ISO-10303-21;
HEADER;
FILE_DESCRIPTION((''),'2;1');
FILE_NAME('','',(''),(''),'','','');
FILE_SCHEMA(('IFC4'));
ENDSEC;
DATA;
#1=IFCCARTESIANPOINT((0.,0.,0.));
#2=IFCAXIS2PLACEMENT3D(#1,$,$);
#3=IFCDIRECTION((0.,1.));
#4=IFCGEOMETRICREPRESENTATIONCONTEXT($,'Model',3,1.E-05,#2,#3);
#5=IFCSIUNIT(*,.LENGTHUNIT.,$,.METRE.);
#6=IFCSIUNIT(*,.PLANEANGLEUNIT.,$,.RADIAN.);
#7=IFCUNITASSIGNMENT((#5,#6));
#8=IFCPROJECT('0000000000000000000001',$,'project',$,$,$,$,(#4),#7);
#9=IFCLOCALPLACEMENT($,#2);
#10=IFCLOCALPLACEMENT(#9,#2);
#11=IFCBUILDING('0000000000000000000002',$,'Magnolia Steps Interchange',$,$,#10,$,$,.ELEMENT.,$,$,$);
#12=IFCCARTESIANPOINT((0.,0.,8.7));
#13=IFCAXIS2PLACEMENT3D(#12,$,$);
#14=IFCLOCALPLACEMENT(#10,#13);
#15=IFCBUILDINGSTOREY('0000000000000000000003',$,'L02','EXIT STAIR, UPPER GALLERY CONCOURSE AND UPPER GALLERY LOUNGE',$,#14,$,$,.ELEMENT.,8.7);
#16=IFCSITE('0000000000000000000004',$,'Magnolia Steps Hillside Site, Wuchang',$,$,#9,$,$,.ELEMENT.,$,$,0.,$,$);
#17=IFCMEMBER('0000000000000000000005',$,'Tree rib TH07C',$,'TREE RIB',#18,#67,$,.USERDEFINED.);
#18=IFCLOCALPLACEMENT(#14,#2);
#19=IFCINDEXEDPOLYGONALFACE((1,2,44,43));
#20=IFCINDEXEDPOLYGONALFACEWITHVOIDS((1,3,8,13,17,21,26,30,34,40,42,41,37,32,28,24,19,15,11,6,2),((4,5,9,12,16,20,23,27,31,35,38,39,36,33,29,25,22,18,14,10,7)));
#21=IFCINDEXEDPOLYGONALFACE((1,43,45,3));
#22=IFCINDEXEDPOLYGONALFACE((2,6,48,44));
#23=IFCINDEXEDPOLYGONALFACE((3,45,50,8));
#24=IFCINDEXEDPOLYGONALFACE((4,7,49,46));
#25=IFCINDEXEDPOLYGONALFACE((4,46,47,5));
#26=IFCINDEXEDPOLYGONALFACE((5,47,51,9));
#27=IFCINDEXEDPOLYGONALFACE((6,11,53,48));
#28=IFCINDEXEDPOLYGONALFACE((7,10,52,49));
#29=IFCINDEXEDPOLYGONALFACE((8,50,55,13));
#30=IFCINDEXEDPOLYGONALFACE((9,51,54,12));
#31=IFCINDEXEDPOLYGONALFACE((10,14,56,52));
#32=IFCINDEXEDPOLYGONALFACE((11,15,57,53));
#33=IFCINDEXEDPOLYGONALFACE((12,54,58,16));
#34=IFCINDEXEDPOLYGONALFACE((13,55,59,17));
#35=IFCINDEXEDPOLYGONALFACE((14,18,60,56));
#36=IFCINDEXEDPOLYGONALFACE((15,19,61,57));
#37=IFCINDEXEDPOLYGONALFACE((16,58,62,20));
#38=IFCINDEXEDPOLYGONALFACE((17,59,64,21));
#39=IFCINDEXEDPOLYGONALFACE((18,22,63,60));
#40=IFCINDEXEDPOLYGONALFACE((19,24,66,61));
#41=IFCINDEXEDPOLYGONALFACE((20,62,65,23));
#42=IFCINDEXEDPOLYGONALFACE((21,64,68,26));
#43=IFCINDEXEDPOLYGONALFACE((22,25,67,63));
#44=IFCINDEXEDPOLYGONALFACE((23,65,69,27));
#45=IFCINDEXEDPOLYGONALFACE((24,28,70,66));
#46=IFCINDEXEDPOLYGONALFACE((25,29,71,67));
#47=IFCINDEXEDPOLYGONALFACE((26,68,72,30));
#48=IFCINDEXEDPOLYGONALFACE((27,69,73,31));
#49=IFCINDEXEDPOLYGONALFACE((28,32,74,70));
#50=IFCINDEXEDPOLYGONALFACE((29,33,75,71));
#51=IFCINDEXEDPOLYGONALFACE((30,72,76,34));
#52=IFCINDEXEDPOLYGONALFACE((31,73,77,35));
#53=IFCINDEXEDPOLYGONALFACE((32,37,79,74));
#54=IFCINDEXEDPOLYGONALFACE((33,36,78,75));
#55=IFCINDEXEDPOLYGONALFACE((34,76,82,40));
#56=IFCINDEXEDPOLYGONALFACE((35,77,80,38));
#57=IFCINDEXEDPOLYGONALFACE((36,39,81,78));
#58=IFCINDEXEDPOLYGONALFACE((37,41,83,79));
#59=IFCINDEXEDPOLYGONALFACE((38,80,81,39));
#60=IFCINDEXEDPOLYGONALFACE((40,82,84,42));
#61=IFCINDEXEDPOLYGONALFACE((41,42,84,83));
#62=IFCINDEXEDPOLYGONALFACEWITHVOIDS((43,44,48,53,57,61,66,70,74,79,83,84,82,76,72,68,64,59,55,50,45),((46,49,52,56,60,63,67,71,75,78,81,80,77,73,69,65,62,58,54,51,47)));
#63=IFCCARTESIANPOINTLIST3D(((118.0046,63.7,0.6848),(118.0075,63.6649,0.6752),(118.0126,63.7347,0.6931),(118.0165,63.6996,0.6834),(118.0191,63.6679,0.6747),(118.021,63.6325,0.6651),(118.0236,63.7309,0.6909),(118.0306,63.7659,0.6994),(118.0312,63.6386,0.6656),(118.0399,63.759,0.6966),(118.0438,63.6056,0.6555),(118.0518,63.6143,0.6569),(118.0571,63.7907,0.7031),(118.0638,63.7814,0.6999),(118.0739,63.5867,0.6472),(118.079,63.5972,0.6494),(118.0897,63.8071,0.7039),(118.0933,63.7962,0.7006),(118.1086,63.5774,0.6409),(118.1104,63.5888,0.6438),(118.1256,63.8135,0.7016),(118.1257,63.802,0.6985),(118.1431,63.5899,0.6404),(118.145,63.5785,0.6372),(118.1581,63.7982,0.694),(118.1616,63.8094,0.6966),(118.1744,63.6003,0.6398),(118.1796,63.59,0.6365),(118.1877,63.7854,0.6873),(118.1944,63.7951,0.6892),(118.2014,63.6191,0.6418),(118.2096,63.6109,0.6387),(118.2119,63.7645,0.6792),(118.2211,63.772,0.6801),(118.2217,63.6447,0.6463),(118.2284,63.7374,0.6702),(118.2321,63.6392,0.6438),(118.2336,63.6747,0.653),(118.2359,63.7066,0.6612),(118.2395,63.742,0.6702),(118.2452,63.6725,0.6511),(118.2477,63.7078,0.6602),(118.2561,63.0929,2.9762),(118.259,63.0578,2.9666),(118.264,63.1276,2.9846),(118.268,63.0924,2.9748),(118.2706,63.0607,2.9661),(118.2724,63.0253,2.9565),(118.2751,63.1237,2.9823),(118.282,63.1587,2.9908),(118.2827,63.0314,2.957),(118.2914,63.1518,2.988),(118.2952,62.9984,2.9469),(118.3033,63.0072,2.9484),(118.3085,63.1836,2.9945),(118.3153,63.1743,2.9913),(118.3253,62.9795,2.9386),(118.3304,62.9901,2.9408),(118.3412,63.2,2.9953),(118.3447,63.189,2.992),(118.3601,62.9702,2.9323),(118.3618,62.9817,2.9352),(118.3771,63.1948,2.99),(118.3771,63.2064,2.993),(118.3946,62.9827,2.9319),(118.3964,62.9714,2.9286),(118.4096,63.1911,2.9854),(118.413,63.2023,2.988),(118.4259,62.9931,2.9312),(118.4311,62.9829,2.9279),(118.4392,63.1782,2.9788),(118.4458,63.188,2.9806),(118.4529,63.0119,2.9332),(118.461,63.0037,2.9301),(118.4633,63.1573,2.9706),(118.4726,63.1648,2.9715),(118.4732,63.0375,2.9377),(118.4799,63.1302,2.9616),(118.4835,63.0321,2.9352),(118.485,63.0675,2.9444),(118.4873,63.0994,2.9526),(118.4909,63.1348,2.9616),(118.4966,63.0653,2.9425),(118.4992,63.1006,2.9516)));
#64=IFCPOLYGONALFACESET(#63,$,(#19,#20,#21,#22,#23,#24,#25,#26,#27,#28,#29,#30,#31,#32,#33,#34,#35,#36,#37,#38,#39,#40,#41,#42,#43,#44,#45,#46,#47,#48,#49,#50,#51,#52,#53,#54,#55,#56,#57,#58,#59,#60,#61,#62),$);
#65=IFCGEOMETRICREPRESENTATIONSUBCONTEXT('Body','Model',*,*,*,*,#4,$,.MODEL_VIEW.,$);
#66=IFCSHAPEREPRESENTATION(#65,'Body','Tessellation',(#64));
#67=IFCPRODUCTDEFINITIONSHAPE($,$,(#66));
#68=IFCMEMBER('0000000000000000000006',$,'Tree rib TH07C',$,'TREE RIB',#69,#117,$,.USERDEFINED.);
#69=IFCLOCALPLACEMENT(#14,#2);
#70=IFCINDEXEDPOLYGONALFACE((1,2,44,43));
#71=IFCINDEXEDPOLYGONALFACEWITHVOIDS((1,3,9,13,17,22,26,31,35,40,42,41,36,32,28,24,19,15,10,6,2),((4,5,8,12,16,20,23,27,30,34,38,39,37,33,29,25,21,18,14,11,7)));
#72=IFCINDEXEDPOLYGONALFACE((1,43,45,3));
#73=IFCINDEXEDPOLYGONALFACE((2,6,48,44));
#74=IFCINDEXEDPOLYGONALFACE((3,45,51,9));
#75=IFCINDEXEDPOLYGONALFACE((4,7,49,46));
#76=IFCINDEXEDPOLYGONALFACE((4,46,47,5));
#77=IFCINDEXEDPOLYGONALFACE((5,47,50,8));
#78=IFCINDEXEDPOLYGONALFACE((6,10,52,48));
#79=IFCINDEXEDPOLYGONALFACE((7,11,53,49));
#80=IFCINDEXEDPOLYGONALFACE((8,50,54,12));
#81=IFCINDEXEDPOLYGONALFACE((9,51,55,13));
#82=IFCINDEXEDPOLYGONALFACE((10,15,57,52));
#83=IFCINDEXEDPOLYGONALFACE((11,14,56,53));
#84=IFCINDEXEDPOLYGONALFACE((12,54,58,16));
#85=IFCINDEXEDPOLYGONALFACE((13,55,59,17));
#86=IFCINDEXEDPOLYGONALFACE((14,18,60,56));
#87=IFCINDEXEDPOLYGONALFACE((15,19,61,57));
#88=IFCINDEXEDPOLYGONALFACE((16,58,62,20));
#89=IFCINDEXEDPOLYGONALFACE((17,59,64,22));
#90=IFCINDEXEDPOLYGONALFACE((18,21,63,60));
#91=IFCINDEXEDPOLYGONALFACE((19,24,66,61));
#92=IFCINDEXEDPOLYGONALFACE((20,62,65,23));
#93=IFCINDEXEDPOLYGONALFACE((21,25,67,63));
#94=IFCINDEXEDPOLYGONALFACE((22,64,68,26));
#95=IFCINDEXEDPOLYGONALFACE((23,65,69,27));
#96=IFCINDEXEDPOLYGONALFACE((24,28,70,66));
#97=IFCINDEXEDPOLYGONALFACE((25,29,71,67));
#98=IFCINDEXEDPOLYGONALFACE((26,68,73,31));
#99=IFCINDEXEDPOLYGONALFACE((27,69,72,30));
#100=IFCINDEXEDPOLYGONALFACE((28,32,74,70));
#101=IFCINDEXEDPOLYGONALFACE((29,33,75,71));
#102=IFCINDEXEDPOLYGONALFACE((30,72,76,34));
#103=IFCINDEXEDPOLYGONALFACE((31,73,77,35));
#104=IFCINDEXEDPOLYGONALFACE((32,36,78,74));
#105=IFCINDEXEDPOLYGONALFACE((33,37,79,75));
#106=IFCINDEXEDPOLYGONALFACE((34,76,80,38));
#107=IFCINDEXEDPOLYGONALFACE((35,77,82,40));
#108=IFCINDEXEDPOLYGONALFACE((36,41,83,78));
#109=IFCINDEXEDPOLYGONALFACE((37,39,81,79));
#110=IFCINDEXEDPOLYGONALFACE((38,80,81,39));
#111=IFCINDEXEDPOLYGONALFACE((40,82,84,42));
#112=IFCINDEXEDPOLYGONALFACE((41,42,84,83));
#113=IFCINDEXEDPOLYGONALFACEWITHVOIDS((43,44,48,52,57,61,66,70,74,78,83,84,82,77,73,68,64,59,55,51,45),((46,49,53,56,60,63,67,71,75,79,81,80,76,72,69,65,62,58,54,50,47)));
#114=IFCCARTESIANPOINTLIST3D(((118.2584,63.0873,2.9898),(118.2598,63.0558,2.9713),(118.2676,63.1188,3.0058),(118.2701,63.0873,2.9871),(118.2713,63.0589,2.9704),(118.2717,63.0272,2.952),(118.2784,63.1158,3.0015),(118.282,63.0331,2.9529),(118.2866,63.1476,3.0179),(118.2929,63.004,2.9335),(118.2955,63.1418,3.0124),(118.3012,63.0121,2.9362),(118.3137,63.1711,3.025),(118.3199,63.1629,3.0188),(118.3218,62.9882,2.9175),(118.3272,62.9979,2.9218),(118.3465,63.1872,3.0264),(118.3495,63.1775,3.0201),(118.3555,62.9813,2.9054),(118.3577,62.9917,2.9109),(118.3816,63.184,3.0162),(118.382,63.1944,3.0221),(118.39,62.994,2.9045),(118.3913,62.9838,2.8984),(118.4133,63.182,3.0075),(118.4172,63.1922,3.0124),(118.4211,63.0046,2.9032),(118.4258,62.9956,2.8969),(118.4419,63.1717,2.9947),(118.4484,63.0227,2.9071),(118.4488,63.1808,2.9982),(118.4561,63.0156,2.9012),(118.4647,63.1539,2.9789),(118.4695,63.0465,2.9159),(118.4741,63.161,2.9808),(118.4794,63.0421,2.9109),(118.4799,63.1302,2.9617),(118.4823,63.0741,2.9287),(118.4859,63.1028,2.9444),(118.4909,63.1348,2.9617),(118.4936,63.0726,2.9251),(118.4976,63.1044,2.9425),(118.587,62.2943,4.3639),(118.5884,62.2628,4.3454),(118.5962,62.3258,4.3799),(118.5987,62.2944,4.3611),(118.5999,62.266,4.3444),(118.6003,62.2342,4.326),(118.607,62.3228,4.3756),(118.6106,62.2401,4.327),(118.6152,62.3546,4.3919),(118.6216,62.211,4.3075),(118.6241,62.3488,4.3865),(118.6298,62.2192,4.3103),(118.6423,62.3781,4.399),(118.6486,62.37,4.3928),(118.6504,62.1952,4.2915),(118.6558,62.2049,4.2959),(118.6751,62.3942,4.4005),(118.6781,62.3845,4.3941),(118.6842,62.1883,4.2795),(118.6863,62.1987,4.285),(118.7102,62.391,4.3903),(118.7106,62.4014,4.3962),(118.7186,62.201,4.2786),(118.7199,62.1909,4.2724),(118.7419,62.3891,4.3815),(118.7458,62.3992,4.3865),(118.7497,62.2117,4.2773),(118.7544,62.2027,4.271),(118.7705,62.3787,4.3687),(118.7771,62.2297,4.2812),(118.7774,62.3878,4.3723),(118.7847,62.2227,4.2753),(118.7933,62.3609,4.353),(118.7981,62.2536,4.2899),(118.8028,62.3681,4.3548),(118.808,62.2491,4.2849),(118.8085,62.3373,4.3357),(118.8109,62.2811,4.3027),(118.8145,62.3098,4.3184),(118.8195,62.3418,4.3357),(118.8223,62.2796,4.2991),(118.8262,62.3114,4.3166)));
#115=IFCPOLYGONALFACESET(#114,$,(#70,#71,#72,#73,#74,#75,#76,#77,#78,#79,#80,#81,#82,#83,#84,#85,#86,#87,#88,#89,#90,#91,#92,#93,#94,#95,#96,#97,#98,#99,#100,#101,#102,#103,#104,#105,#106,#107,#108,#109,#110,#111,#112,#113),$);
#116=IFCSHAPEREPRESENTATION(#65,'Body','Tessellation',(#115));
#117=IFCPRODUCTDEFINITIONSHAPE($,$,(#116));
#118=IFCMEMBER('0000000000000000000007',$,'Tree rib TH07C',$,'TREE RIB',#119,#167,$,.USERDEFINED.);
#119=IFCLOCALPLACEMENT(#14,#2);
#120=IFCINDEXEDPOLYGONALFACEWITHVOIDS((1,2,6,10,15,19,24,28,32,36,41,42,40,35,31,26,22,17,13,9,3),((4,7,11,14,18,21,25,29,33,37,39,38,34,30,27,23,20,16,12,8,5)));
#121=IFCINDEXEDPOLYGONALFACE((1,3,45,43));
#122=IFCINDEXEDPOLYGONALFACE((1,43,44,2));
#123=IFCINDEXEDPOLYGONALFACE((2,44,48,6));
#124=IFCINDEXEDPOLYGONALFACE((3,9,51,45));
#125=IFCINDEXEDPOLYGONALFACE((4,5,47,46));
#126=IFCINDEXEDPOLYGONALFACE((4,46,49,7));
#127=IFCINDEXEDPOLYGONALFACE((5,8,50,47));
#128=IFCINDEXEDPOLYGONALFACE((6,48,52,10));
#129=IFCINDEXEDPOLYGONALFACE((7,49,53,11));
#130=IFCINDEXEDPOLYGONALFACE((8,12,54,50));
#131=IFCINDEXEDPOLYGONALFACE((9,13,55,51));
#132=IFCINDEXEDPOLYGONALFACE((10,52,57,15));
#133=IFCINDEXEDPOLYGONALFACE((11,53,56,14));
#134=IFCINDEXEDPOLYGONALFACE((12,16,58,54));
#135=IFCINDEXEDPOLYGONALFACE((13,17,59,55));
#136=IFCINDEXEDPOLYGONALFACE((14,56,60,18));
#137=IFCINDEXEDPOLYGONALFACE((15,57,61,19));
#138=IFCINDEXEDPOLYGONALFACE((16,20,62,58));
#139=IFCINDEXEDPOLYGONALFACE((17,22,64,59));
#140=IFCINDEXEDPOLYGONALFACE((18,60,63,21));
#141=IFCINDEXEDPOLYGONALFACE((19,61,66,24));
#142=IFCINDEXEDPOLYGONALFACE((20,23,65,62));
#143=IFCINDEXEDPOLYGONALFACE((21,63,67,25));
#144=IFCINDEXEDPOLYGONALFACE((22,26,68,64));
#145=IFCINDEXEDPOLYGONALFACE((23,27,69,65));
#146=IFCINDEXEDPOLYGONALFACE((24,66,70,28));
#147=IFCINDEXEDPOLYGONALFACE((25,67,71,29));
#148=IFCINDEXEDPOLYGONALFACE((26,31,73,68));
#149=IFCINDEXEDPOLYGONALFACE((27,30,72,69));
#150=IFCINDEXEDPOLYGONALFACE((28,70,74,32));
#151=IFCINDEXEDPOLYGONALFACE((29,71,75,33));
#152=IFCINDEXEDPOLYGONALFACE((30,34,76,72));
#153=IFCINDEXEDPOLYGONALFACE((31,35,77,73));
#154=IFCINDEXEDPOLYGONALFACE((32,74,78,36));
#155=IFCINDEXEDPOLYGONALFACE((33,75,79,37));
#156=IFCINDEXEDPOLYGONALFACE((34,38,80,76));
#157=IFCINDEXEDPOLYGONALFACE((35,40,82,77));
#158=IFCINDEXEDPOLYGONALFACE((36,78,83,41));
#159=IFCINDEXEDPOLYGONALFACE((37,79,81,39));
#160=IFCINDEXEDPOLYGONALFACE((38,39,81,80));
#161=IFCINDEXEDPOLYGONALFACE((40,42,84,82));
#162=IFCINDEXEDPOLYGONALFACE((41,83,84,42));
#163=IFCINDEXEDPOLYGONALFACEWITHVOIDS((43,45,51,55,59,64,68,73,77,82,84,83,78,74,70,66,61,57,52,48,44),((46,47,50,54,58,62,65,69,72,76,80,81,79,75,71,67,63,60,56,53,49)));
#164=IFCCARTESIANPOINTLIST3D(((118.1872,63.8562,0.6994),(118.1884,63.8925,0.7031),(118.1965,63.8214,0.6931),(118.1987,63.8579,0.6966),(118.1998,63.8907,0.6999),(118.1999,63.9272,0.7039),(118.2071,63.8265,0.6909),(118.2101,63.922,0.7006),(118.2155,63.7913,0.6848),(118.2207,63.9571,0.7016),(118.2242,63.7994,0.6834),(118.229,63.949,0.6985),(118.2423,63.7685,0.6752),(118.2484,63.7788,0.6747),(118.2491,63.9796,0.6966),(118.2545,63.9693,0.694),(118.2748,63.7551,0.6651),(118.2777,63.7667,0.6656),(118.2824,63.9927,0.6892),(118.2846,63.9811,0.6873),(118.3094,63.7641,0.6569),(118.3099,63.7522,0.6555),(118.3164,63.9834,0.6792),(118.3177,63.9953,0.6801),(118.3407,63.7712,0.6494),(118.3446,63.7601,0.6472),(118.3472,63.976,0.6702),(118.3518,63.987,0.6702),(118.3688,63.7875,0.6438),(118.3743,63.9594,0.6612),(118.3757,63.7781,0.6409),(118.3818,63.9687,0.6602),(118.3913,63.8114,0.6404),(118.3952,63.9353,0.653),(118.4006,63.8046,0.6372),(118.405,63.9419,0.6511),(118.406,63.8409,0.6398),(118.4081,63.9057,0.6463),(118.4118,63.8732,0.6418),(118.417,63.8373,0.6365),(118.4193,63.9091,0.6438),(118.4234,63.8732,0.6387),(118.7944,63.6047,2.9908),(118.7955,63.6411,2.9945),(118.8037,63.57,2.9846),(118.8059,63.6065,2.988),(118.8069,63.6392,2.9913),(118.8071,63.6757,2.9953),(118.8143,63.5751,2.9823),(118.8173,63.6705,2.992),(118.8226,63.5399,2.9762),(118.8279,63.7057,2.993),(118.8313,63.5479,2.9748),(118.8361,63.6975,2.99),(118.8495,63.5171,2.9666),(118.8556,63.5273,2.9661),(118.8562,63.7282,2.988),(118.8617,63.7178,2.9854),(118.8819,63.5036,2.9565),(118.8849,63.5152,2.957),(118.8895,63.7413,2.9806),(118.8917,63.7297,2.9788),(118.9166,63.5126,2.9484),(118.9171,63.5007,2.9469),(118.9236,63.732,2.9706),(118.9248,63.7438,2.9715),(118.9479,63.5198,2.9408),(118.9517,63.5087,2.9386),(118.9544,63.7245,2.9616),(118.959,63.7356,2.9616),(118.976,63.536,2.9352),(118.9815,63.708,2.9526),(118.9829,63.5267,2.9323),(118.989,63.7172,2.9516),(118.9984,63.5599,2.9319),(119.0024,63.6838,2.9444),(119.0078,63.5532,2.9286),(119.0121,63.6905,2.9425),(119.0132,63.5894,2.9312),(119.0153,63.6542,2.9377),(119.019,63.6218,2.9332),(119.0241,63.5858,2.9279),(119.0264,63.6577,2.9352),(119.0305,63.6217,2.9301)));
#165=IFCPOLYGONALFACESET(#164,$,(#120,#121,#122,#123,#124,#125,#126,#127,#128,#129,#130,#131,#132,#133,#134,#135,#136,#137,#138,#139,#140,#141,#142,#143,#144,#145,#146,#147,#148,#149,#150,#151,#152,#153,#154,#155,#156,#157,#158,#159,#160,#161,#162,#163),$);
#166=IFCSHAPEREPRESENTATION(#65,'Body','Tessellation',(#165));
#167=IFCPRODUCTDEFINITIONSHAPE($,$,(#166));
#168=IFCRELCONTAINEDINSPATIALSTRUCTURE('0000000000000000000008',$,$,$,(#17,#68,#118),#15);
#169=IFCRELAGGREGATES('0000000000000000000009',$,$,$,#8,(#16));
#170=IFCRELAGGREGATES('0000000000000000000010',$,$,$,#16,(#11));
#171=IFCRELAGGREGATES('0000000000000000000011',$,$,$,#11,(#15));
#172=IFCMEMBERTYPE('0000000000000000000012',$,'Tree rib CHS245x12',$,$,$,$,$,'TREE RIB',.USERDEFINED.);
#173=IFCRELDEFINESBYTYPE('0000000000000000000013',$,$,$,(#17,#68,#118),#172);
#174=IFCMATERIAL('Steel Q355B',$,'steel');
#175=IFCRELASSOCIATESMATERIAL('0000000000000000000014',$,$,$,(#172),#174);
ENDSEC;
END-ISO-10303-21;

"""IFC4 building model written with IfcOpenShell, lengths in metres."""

from ifc_helpers import new_model, si_unit, direction, frame, origin, origin_2d, place, context, subcontext, project, spatial, hollow_circle, extrude, material, material_profile, profile_set, type_object, element, save


model = new_model("IFC4")

# Units and contexts
model_context = context("Model", 3, precision=1e-05, world=origin(), true_north=direction((0.0, 1.0)))
body_context = subcontext(model_context, "Body", "Model", "MODEL_VIEW")
ifc_project = project(units=[si_unit("LENGTHUNIT", "METRE"), si_unit("PLANEANGLEUNIT", "RADIAN")], contexts=[model_context])

# Site, building, storey
site_placement = place(None, origin())
site = spatial("IfcSite", under=ifc_project, at=site_placement, Name="Magnolia Steps Hillside Site, Wuchang", CompositionType="ELEMENT", RefElevation=0.0)
building_placement = place(site_placement, origin())
building = spatial("IfcBuilding", under=site, at=building_placement, Name="Magnolia Steps Interchange", CompositionType="ELEMENT")
storey_placement = place(building_placement, frame((0.0, 0.0, 8.7)))
storey = spatial("IfcBuildingStorey", under=building, at=storey_placement, Name="L02", Description="EXIT STAIR, UPPER GALLERY CONCOURSE AND UPPER GALLERY LOUNGE", CompositionType="ELEMENT", Elevation=8.7)

# Members
ifc_material_1 = material(Name="Steel Q355B", Category="steel")
ifc_material_profile_1 = material_profile(ifc_material_1, hollow_circle(Radius=0.1226, WallThickness=0.012, at=origin_2d()), Name="CHS245x12")
ifc_profile_set_1 = profile_set([ifc_material_profile_1], Name="Steel Q355B")
member_type_1 = type_object("IfcMemberType", Name="Tree rib CHS245x12", ElementType="TREE RIB", PredefinedType="USERDEFINED", material=ifc_profile_set_1)
member_1_placement = place(storey_placement, frame((118.1262, 63.6951, 0.6702), z_axis=(0.105485, -0.254701, 0.961249), x_axis=(0.923899, 0.382636, 0.0)))
element("IfcMember", 1, at=member_1_placement, inside=storey, type_object=member_type_1, Name="Tree rib TH07C", ObjectType="TREE RIB", PredefinedType="USERDEFINED", context=body_context, shape_type="SweptSolid", body=[
    extrude(hollow_circle(Radius=0.1226, WallThickness=0.012, at=origin_2d()), origin(), (0.0, 0.0, 1.0), 2.3838),
])
member_2_placement = place(storey_placement, frame((118.3777, 63.0879, 2.9617), z_axis=(0.202835, -0.489456, 0.84811), x_axis=(0.923816, 0.382837, 0.0)))
element("IfcMember", 2, at=member_2_placement, inside=storey, type_object=member_type_1, Name="Tree rib TH07C", ObjectType="TREE RIB", PredefinedType="USERDEFINED", context=body_context, shape_type="SweptSolid", body=[
    extrude(hollow_circle(Radius=0.1226, WallThickness=0.012, at=origin_2d()), origin(), (0.0, 0.0, 1.0), 1.6201),
])
member_3_placement = place(storey_placement, frame((118.3049, 63.8738, 0.6702), z_axis=(0.254701, -0.105485, 0.961249), x_axis=(0.382636, 0.923899, 0.0)))
element("IfcMember", 3, at=member_3_placement, inside=storey, type_object=member_type_1, Name="Tree rib TH07C", ObjectType="TREE RIB", PredefinedType="USERDEFINED", context=body_context, shape_type="SweptSolid", body=[
    extrude(hollow_circle(Radius=0.1226, WallThickness=0.012, at=origin_2d()), origin(), (0.0, 0.0, 1.0), 2.3838),
])

save(model, "model.ifc")
